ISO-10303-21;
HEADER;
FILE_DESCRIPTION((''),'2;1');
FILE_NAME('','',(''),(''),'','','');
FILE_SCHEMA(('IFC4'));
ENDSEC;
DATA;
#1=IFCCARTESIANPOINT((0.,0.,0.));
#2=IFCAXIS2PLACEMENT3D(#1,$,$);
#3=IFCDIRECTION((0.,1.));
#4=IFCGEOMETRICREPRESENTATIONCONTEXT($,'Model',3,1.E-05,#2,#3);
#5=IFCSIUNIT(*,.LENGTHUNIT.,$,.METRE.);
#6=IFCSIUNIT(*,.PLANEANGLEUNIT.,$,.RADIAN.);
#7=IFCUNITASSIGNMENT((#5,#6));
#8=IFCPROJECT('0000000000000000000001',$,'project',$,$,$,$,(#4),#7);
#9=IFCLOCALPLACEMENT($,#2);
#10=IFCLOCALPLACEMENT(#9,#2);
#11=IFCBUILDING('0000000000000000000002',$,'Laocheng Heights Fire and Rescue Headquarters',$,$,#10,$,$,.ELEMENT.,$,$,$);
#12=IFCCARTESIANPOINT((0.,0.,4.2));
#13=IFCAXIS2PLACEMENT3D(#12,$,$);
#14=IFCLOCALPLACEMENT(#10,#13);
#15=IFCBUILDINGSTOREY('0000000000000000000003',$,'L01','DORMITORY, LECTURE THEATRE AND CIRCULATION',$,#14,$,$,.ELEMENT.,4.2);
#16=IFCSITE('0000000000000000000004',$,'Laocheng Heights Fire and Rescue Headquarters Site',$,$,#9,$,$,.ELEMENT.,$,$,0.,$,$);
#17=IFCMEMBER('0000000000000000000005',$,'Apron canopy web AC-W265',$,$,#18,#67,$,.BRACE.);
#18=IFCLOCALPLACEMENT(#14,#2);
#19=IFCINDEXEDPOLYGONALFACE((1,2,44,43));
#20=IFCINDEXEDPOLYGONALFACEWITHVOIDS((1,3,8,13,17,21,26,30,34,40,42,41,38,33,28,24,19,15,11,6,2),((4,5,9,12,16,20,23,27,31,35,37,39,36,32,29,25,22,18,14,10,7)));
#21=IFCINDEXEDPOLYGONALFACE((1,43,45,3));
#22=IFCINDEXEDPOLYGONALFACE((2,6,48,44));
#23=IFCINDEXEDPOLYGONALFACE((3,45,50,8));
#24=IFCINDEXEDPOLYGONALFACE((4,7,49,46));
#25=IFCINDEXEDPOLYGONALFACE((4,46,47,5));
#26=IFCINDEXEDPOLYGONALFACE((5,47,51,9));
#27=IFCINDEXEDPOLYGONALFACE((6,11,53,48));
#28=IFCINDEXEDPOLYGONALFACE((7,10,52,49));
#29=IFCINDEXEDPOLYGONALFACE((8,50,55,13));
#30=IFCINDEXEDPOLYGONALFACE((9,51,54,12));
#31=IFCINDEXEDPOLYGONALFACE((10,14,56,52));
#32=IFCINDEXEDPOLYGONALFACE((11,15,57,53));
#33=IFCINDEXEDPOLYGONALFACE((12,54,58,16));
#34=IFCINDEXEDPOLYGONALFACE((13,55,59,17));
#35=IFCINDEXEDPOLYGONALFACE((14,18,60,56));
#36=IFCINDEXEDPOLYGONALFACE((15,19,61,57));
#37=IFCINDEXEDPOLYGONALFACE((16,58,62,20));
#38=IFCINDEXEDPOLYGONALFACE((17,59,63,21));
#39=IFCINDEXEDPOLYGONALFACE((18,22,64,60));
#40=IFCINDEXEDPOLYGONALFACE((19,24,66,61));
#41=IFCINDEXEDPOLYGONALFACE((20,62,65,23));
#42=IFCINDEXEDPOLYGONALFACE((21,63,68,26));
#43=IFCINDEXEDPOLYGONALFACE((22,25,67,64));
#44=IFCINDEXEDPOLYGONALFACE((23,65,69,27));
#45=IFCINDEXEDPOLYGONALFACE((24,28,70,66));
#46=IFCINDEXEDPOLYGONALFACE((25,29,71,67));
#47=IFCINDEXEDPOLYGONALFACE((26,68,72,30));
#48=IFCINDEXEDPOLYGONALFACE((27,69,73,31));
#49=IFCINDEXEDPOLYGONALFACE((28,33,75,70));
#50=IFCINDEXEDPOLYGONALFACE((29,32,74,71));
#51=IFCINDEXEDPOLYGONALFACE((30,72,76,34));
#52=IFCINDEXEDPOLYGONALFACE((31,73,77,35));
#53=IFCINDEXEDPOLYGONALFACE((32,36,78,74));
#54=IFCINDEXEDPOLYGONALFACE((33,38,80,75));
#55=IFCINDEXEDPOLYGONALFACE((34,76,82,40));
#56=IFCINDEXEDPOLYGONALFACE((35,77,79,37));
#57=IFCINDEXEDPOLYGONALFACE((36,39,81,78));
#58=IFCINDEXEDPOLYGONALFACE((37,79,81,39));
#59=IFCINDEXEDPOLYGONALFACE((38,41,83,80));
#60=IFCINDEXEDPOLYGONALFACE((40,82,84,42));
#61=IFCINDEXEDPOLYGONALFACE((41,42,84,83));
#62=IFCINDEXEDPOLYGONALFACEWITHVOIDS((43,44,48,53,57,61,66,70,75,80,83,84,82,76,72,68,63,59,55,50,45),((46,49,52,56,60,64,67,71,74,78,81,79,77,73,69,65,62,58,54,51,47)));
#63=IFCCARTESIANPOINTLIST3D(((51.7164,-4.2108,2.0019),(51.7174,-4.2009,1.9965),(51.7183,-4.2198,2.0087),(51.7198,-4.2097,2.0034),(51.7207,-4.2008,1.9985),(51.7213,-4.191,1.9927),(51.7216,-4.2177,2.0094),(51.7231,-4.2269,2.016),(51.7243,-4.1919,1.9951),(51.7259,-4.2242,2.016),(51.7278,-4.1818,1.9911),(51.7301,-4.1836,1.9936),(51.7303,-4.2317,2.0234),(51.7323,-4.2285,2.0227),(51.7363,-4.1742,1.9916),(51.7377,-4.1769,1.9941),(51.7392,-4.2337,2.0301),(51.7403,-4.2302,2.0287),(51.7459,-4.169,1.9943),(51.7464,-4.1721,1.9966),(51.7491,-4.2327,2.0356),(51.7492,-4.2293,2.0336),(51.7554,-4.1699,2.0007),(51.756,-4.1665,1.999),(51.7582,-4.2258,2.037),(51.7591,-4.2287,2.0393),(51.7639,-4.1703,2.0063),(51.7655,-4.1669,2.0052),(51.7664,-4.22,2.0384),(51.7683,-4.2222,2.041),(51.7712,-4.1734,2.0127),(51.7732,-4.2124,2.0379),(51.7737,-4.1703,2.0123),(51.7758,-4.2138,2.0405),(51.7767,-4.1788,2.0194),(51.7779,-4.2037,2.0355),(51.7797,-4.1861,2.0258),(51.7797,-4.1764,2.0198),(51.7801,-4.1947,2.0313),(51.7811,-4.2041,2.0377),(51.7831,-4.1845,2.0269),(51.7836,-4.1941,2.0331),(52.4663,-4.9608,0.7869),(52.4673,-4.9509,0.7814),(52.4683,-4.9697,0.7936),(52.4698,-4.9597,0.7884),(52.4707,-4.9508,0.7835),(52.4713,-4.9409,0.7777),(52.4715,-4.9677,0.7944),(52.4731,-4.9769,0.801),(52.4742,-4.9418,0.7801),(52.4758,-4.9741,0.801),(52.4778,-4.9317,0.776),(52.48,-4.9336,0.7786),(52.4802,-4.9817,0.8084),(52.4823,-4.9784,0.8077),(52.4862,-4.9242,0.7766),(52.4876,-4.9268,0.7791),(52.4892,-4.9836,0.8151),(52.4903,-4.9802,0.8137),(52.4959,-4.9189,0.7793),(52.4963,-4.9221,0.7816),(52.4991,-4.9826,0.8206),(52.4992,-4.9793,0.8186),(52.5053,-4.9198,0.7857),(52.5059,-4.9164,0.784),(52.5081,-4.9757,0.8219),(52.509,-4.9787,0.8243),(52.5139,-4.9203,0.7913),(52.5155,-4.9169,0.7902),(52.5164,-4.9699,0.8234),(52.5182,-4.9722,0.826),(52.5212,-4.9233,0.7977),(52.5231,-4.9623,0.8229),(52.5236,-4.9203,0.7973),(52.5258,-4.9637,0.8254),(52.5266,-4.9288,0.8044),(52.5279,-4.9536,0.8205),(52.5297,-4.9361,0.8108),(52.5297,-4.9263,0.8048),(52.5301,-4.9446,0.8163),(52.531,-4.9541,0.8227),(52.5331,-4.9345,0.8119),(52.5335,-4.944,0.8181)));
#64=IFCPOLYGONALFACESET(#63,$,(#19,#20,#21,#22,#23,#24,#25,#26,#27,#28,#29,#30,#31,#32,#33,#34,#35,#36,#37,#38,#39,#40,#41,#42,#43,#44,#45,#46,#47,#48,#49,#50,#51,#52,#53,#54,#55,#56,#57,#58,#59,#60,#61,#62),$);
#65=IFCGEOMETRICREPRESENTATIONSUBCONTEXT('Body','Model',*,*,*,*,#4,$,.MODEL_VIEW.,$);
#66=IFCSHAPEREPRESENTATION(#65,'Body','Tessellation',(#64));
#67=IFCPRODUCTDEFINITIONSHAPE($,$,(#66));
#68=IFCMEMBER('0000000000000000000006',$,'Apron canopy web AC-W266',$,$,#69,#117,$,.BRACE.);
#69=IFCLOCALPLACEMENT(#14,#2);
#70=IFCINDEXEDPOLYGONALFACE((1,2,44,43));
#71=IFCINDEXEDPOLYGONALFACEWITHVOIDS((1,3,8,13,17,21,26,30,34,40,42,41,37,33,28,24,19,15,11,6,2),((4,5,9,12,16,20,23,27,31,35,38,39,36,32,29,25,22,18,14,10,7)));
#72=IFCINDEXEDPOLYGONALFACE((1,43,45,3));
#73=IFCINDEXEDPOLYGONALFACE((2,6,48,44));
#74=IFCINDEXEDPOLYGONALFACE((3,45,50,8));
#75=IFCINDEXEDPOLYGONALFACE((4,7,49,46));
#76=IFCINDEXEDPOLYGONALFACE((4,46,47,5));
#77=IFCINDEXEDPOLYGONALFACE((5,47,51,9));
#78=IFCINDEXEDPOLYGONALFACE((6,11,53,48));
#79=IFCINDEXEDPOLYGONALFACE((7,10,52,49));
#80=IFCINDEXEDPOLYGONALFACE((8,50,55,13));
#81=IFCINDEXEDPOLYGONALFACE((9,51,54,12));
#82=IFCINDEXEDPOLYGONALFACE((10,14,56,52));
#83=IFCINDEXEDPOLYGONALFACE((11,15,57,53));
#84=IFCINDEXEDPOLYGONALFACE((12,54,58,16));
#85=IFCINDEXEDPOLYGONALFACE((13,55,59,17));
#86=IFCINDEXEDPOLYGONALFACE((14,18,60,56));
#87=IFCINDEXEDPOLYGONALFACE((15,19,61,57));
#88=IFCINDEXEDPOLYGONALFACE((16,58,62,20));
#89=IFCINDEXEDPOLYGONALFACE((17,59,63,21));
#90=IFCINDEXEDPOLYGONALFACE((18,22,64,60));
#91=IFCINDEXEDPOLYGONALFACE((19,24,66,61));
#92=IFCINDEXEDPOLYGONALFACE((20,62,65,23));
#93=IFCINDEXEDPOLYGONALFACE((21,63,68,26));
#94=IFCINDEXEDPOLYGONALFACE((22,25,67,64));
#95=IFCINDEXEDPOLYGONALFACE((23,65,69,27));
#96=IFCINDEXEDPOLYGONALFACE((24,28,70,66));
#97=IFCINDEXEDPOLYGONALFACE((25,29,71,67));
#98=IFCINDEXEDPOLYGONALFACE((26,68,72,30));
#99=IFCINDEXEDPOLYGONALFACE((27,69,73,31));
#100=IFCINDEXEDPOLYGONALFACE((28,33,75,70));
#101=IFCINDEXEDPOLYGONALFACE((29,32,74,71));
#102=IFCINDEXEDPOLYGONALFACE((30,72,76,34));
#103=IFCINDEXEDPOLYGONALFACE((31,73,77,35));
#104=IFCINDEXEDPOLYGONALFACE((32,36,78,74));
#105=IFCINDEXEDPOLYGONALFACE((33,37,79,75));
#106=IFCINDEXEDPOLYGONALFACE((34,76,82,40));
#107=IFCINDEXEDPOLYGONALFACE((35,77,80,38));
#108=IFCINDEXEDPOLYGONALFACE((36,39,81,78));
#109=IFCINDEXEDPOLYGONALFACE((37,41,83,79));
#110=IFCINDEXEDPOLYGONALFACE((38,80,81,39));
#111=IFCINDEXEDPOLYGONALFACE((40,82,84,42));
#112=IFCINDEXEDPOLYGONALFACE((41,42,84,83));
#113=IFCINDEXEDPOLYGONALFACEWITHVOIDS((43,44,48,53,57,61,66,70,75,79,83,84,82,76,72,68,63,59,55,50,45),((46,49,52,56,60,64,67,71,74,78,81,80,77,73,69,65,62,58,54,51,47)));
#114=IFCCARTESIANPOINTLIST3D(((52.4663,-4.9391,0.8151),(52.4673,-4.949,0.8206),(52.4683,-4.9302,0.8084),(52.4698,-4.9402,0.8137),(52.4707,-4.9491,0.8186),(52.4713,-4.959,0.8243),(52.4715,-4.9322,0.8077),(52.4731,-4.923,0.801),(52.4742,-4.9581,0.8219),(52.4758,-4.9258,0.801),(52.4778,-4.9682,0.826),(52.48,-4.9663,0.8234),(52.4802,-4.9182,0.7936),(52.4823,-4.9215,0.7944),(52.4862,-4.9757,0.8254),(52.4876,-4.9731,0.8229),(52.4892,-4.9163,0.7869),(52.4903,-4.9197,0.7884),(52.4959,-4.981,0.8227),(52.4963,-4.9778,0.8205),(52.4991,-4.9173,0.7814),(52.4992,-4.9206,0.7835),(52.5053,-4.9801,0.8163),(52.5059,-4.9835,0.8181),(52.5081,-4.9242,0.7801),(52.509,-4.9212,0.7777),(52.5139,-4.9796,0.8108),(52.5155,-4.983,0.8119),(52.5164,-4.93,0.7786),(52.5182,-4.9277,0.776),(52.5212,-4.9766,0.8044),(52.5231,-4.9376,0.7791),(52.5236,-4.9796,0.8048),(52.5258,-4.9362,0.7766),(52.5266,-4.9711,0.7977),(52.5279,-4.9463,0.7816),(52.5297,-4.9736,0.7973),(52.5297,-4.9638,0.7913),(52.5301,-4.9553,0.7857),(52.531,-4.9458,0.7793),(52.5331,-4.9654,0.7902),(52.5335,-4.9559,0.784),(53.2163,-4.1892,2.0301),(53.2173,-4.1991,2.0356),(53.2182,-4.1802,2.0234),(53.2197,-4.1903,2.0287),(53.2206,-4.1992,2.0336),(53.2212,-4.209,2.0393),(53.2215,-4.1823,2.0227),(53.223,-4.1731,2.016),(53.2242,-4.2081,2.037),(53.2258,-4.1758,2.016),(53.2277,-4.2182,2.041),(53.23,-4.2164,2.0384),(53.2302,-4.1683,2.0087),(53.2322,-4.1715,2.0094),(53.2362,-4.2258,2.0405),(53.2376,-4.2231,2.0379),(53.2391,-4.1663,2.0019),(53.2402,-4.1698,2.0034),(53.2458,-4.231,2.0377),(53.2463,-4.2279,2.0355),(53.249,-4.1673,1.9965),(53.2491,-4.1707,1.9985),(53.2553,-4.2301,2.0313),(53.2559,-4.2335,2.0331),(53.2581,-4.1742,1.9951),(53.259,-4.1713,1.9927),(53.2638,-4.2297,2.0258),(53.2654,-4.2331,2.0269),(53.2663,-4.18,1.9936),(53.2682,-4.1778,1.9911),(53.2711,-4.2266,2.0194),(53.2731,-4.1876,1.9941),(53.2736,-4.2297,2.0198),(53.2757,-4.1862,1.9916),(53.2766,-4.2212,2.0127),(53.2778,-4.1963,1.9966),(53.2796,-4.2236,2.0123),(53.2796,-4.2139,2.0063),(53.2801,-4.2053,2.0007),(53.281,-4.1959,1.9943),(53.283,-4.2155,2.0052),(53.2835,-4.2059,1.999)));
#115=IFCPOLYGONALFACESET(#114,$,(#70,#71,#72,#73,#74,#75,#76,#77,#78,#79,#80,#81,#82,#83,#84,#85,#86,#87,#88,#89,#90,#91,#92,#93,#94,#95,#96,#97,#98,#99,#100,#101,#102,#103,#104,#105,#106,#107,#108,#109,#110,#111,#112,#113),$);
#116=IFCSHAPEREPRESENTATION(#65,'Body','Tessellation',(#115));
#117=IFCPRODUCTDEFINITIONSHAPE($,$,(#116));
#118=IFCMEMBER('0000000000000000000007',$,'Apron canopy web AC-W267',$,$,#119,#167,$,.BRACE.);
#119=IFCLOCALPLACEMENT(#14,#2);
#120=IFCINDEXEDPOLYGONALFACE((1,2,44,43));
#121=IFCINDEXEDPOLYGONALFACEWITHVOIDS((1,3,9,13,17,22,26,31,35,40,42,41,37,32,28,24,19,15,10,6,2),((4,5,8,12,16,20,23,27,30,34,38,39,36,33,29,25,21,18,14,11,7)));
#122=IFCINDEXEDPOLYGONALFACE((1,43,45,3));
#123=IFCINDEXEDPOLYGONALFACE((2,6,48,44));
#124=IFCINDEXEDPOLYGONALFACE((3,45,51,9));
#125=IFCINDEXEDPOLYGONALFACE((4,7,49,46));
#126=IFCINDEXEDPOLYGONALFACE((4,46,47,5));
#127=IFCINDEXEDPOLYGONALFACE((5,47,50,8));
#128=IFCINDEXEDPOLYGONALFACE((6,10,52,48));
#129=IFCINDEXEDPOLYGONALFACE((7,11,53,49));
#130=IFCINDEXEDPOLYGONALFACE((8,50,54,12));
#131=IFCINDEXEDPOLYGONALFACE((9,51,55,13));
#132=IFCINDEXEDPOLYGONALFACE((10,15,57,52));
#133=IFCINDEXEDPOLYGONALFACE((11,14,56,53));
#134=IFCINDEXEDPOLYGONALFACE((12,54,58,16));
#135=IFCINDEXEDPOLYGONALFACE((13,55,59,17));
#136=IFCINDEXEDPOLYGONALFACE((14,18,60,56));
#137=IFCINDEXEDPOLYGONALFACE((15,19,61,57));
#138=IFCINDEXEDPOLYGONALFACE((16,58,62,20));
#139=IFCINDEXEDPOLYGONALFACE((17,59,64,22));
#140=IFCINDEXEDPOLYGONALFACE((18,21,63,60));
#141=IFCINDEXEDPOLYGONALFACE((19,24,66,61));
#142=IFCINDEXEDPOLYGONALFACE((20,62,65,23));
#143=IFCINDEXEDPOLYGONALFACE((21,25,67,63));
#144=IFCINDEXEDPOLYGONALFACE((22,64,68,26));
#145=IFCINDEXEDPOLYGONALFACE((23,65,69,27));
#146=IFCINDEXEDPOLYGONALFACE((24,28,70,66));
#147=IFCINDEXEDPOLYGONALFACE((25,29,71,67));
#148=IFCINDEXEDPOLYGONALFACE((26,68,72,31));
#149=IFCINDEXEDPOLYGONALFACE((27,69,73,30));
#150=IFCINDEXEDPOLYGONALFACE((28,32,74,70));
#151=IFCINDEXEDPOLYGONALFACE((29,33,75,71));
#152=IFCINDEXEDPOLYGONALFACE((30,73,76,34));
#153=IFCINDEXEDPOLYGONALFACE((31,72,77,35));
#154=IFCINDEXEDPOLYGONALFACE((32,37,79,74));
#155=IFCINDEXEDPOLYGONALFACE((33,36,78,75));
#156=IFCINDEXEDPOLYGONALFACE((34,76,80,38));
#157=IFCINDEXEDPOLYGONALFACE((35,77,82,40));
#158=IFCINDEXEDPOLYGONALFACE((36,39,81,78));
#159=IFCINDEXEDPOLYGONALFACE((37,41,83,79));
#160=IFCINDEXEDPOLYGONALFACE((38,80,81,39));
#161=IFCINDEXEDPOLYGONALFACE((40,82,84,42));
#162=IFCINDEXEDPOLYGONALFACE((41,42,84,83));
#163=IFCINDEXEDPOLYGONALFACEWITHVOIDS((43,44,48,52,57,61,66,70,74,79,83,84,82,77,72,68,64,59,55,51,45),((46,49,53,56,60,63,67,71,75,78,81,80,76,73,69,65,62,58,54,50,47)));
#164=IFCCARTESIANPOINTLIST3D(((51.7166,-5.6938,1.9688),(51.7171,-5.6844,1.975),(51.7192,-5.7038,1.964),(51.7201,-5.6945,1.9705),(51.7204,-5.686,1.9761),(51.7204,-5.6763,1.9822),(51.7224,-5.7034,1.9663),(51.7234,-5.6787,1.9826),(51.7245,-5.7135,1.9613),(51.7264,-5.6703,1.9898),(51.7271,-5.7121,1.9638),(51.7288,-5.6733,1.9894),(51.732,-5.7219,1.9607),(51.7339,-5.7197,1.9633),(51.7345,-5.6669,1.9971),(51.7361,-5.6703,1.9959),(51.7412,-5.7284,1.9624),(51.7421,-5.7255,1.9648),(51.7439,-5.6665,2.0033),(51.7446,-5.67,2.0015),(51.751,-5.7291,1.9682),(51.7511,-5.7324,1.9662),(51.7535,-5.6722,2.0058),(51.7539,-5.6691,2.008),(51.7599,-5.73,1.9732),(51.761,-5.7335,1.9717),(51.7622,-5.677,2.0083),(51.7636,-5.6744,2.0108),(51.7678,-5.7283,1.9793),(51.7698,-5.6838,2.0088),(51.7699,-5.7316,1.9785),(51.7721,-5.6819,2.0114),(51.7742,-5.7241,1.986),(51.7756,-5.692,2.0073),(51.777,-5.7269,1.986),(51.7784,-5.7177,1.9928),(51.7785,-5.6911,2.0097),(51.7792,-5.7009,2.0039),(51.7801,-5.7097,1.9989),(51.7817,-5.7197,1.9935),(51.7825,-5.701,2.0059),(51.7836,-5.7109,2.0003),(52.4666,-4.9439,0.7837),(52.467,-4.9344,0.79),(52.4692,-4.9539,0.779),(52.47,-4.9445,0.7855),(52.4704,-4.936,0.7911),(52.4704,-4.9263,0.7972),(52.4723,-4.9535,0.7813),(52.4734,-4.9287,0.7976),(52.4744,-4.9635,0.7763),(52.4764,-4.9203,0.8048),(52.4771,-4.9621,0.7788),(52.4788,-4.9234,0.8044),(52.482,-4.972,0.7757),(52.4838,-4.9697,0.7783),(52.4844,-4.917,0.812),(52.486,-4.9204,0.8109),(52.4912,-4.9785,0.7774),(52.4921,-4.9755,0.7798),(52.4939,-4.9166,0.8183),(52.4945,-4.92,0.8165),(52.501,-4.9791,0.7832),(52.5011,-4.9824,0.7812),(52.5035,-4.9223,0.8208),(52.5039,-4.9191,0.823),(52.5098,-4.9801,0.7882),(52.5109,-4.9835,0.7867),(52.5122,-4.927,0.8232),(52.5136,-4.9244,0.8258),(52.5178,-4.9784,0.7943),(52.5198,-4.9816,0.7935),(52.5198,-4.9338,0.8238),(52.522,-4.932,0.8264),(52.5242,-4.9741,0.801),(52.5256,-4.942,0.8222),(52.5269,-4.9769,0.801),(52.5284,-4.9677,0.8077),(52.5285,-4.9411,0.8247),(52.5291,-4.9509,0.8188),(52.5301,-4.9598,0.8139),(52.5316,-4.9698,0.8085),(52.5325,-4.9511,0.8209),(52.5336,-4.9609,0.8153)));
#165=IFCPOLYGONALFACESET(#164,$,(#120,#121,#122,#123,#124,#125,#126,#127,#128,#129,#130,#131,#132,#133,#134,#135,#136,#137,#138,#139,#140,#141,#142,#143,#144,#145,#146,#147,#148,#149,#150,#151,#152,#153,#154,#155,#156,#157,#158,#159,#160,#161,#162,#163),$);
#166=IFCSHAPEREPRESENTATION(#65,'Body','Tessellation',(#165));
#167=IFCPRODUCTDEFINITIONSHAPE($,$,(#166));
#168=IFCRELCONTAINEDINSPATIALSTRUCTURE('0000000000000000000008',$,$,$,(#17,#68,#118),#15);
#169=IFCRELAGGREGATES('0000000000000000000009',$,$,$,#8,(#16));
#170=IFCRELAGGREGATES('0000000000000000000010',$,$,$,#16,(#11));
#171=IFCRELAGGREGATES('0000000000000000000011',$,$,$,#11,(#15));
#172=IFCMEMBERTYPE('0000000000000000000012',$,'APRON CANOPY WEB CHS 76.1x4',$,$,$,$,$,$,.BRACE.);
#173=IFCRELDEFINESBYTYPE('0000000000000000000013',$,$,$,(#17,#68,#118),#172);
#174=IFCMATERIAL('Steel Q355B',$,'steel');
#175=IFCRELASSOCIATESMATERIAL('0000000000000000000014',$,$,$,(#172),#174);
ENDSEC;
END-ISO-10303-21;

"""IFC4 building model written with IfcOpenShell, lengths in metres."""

from ifc_helpers import new_model, si_unit, direction, frame, origin, origin_2d, place, context, subcontext, project, spatial, hollow_circle, extrude, material, material_profile, profile_set, type_object, element, save


model = new_model("IFC4")

# Units and contexts
model_context = context("Model", 3, precision=1e-05, world=origin(), true_north=direction((0.0, 1.0)))
body_context = subcontext(model_context, "Body", "Model", "MODEL_VIEW")
ifc_project = project(units=[si_unit("LENGTHUNIT", "METRE"), si_unit("PLANEANGLEUNIT", "RADIAN")], contexts=[model_context])

# Site, building, storey
site_placement = place(None, origin())
site = spatial("IfcSite", under=ifc_project, at=site_placement, Name="Laocheng Heights Fire and Rescue Headquarters Site", CompositionType="ELEMENT", RefElevation=0.0)
building_placement = place(site_placement, origin())
building = spatial("IfcBuilding", under=site, at=building_placement, Name="Laocheng Heights Fire and Rescue Headquarters", CompositionType="ELEMENT")
storey_placement = place(building_placement, frame((0.0, 0.0, 4.2)))
storey = spatial("IfcBuildingStorey", under=building, at=storey_placement, Name="L01", Description="DORMITORY, LECTURE THEATRE AND CIRCULATION", CompositionType="ELEMENT", Elevation=4.2)

# Members
ifc_material_1 = material(Name="Steel Q355B", Category="steel")
ifc_material_profile_1 = material_profile(ifc_material_1, hollow_circle(Radius=0.0381, WallThickness=0.0039, at=origin_2d()), Name="CHS 76.1x4")
ifc_profile_set_1 = profile_set([ifc_material_profile_1], Name="Steel Q355B")
member_type_1 = type_object("IfcMemberType", Name="APRON CANOPY WEB CHS 76.1x4", PredefinedType="BRACE", material=ifc_profile_set_1)
for number, where, z_axis, x_axis, name in (
    (1, (52.5, -4.95, 0.801), (-0.465002, 0.465002, 0.753357), (-0.707107, -0.707107, 0.0), "Apron canopy web AC-W265"),
    (2, (52.5, -4.95, 0.801), (0.465002, 0.465002, 0.753357), (-0.707107, 0.707107, 0.0), "Apron canopy web AC-W266"),
):
    element("IfcMember", number, at=place(storey_placement, frame(where, z_axis=z_axis, x_axis=x_axis)), inside=storey, type_object=member_type_1, Name=name, PredefinedType="BRACE", context=body_context, shape_type="SweptSolid", body=[
        extrude(hollow_circle(Radius=0.0381, WallThickness=0.0039, at=origin_2d()), origin(), (0.0, 0.0, 1.0), 1.6128),
    ])
for number, where, z_axis, x_axis, name in (
    (3, (52.5, -4.95, 0.801), (-0.47158, -0.47158, 0.745134), (0.707107, -0.707107, 0.0), "Apron canopy web AC-W267"),
):
    element("IfcMember", number, at=place(storey_placement, frame(where, z_axis=z_axis, x_axis=x_axis)), inside=storey, type_object=member_type_1, Name=name, PredefinedType="BRACE", context=body_context, shape_type="SweptSolid", body=[
        extrude(hollow_circle(Radius=0.0381, WallThickness=0.0039, at=origin_2d()), origin(), (0.0, 0.0, 1.0), 1.5903),
    ])

save(model, "model.ifc")
